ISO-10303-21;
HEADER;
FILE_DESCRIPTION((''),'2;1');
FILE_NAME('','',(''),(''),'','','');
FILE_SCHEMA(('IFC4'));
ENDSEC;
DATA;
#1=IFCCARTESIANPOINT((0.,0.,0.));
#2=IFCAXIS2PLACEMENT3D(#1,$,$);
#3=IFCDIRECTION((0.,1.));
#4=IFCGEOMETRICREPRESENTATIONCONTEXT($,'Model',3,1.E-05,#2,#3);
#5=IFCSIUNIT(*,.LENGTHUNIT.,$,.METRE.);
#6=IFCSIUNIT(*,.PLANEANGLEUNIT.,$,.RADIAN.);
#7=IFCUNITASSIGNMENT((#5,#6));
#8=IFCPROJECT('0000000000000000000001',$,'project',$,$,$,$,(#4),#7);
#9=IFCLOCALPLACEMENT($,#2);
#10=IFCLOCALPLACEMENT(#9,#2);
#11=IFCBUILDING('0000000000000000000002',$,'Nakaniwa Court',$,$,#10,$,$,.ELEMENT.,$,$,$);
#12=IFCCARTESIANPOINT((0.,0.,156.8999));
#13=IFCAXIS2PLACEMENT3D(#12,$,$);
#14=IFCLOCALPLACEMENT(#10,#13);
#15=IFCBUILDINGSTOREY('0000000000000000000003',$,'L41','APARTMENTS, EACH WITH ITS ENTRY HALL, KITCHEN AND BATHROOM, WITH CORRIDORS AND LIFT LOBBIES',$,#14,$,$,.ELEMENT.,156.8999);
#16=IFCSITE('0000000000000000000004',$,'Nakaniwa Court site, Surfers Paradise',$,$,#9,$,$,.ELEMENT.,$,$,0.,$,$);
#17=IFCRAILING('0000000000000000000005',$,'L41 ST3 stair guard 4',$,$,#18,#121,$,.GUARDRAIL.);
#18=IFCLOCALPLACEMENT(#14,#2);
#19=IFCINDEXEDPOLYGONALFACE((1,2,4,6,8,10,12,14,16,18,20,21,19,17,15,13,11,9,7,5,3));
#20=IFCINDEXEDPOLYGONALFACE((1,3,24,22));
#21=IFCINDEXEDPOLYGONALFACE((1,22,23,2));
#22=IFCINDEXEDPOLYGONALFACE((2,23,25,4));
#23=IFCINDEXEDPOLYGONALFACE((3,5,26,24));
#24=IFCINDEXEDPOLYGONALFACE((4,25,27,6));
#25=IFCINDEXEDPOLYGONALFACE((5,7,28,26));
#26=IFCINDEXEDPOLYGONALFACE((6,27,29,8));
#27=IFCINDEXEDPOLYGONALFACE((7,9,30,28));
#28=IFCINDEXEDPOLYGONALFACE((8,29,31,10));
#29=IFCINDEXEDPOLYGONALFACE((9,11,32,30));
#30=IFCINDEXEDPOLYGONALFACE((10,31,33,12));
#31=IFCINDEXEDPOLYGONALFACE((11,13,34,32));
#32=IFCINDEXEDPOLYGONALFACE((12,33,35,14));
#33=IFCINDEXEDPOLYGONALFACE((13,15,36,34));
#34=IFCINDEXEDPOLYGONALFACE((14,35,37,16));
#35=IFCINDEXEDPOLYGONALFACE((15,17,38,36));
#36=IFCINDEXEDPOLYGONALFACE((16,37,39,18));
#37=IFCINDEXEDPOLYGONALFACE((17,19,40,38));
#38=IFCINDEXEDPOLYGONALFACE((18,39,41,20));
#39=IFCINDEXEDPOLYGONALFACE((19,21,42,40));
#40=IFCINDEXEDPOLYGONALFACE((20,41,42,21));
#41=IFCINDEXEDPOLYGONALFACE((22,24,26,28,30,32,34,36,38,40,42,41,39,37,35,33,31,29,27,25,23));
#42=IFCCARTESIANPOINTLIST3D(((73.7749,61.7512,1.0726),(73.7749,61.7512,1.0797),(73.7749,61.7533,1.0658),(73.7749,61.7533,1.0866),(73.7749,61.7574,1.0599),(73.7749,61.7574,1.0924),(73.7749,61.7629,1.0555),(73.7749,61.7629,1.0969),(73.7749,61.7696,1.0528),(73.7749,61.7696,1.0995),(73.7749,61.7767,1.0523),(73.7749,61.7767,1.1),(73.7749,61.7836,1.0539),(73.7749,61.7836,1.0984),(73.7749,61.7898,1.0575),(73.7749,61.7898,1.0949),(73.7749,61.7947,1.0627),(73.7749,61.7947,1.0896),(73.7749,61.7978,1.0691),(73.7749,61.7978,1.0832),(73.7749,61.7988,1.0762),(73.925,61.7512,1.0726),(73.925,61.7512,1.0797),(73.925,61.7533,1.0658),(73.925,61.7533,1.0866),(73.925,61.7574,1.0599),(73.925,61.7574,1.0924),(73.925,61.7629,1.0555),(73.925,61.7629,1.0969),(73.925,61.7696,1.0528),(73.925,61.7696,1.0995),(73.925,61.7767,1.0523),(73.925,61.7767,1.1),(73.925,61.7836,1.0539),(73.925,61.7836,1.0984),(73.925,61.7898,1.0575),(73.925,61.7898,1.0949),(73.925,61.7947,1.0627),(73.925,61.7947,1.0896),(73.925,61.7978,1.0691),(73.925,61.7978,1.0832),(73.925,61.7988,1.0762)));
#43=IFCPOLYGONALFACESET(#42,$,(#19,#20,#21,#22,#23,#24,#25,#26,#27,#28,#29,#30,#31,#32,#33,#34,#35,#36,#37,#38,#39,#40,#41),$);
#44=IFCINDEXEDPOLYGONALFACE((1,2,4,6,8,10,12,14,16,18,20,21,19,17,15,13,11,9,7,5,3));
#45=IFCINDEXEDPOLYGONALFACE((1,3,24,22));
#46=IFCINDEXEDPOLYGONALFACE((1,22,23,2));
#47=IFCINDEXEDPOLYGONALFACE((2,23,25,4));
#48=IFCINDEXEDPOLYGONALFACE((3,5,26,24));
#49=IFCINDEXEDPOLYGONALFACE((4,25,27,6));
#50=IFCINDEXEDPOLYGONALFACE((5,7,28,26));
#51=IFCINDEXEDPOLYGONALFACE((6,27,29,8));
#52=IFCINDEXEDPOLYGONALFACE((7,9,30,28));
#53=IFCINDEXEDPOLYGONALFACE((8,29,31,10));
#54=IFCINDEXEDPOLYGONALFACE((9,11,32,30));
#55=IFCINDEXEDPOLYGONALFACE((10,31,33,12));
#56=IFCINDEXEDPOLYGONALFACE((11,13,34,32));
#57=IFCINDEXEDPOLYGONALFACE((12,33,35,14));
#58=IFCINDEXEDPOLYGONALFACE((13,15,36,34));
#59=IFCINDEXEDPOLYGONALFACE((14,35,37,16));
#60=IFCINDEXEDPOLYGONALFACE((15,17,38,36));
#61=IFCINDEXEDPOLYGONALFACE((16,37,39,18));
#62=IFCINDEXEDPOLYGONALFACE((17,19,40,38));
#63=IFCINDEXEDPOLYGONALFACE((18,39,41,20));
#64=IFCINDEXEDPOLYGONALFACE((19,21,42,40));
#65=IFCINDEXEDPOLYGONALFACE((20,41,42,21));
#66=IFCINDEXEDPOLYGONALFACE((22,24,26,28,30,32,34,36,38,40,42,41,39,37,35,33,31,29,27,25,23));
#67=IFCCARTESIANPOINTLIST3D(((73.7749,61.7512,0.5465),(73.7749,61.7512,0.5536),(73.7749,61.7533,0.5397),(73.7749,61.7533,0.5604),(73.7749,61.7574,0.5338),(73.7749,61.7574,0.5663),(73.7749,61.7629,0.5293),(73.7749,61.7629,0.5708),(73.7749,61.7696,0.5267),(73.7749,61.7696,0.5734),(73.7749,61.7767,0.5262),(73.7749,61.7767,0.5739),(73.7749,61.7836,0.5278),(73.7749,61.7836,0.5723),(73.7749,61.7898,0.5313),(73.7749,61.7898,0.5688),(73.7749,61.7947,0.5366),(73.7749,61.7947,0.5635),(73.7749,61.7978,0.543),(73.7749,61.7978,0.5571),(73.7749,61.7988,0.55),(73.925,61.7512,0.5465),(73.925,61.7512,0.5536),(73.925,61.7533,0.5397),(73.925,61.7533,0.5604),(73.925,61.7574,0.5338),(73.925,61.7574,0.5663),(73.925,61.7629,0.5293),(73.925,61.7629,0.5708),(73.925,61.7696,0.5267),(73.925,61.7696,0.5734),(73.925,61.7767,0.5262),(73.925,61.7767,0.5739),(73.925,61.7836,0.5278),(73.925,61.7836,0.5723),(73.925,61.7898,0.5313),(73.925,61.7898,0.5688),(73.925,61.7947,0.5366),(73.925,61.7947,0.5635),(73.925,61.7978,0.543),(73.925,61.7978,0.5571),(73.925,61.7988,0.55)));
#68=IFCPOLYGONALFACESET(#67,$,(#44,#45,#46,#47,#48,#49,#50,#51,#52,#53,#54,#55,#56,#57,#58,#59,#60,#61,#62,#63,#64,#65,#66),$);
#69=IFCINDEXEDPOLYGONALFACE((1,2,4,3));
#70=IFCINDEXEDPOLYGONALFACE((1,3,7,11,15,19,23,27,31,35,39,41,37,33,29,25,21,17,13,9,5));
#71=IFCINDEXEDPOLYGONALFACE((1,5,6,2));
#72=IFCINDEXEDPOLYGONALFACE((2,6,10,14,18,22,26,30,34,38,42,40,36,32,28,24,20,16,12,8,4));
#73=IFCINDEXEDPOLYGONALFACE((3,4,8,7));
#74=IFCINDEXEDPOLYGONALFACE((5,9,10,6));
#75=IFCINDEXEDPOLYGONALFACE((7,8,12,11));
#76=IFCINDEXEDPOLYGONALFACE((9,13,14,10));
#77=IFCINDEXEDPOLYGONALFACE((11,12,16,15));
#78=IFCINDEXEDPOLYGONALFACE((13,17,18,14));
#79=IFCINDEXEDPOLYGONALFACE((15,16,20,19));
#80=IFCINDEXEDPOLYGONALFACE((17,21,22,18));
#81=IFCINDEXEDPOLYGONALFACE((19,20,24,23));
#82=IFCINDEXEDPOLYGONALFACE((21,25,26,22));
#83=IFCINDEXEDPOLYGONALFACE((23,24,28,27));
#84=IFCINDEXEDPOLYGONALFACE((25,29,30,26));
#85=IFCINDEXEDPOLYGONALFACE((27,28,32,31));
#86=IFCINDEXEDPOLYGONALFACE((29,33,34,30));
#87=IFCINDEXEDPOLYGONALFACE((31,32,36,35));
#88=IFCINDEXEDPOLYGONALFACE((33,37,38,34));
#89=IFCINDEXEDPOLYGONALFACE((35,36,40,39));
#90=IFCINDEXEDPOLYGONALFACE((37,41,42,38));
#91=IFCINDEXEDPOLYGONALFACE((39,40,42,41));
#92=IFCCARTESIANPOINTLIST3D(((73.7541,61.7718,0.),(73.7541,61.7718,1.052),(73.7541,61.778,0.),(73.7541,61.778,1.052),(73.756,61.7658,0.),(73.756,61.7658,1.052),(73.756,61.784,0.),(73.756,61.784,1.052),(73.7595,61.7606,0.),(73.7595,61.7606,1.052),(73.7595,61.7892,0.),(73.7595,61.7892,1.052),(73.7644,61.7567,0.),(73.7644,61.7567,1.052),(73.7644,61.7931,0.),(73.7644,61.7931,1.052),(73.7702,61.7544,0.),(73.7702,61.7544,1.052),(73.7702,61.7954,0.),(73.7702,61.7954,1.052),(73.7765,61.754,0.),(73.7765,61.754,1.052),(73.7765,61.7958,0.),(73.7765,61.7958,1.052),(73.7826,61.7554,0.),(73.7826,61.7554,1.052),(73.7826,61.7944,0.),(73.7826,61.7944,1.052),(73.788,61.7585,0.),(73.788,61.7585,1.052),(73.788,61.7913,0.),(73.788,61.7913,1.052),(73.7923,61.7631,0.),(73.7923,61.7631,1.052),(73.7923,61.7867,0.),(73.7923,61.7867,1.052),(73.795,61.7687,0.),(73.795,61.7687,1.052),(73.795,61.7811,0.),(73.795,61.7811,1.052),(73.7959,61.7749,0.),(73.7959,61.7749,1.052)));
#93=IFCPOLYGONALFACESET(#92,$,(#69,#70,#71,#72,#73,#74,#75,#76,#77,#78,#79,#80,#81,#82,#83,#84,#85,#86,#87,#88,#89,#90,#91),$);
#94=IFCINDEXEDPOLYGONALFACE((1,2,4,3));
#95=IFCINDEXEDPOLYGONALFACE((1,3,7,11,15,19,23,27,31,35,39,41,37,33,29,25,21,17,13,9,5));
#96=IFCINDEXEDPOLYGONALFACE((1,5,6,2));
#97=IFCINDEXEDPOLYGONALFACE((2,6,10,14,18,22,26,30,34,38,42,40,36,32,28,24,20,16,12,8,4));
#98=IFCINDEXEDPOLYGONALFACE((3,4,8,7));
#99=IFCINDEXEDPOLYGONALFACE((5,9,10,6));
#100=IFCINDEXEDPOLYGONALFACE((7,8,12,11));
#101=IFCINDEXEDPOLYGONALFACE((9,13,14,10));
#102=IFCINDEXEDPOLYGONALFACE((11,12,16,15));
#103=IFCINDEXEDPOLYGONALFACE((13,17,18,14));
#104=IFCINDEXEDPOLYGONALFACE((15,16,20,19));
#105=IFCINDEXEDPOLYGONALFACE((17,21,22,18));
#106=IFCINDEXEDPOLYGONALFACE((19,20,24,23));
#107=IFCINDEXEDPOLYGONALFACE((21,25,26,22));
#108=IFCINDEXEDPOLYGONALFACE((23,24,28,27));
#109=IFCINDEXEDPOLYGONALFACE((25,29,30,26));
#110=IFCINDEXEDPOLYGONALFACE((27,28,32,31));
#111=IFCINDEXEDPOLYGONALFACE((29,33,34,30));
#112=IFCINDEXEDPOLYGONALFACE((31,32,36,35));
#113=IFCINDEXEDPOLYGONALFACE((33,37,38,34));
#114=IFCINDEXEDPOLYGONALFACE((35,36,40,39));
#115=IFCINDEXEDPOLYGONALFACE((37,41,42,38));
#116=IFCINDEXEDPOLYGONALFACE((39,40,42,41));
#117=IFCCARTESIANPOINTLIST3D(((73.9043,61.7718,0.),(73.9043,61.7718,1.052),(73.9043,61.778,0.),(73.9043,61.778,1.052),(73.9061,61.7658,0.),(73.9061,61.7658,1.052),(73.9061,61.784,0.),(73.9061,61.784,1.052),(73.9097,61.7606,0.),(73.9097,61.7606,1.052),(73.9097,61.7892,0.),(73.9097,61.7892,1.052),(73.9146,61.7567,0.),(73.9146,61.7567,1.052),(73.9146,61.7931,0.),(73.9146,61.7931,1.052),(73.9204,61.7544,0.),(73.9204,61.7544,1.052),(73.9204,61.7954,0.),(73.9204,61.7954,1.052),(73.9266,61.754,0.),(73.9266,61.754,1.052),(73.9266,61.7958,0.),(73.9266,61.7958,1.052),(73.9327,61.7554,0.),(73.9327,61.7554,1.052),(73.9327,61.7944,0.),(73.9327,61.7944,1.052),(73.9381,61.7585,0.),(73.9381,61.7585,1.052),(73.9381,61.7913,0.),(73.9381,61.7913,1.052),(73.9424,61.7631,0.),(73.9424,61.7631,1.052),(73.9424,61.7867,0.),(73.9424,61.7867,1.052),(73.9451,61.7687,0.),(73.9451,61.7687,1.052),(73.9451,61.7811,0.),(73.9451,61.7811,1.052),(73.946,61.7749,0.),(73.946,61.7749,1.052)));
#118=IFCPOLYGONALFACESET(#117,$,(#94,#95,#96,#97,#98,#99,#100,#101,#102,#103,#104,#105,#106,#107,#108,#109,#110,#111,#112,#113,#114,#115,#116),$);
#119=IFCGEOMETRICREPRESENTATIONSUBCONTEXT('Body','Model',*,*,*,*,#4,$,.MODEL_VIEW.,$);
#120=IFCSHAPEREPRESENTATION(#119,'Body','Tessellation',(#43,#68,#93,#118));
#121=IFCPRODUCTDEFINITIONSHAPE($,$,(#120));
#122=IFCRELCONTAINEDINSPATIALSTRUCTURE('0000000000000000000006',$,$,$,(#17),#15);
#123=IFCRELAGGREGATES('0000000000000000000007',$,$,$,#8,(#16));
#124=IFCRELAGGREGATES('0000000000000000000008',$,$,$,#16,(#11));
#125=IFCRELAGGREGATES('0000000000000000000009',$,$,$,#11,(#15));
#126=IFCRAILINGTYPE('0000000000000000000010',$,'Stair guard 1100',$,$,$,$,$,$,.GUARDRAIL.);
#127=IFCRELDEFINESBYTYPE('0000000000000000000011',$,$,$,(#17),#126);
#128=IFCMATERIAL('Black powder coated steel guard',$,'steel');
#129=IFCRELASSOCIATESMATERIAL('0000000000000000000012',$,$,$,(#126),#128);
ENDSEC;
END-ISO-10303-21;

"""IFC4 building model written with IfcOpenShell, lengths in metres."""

from ifc_helpers import new_model, si_unit, direction, frame, origin, origin_2d, place, context, subcontext, project, spatial, circle, extrude, material, type_object, element, save


model = new_model("IFC4")

# Units and contexts
model_context = context("Model", 3, precision=1e-05, world=origin(), true_north=direction((0.0, 1.0)))
body_context = subcontext(model_context, "Body", "Model", "MODEL_VIEW")
ifc_project = project(units=[si_unit("LENGTHUNIT", "METRE"), si_unit("PLANEANGLEUNIT", "RADIAN")], contexts=[model_context])

# Site, building, storey
site_placement = place(None, origin())
site = spatial("IfcSite", under=ifc_project, at=site_placement, Name="Nakaniwa Court site, Surfers Paradise", CompositionType="ELEMENT", RefElevation=0.0)
building_placement = place(site_placement, origin())
building = spatial("IfcBuilding", under=site, at=building_placement, Name="Nakaniwa Court", CompositionType="ELEMENT")
storey_placement = place(building_placement, frame((0.0, 0.0, 156.8999)))
storey = spatial("IfcBuildingStorey", under=building, at=storey_placement, Name="L41", Description="APARTMENTS, EACH WITH ITS ENTRY HALL, KITCHEN AND BATHROOM, WITH CORRIDORS AND LIFT LOBBIES", CompositionType="ELEMENT", Elevation=156.8999)

# Railing
ifc_material_1 = material(Name="Black powder coated steel guard", Category="steel")
railing_type_1 = type_object("IfcRailingType", Name="Stair guard 1100", PredefinedType="GUARDRAIL", material=ifc_material_1)
railing_1_placement = place(storey_placement, frame((73.7749, 61.7749, 0.0)))
element("IfcRailing", 1, at=railing_1_placement, inside=storey, type_object=railing_type_1, Name="L41 ST3 stair guard 4", PredefinedType="GUARDRAIL", context=body_context, shape_type="SweptSolid", body=[
    extrude(circle(Radius=0.0239, at=origin_2d()), frame((0.0, 0.0, 1.0762), z_axis=(1.0, 0.0, 0.0), x_axis=(0.0, 1.0, 0.0)), (0.0, 0.0, 1.0), 0.1501),
    extrude(circle(Radius=0.0239, at=origin_2d()), frame((0.0, 0.0, 0.55), z_axis=(1.0, 0.0, 0.0), x_axis=(0.0, 1.0, 0.0)), (0.0, 0.0, 1.0), 0.1501),
    extrude(circle(Radius=0.021, at=origin_2d()), origin(), (0.0, 0.0, 1.0), 1.052),
    extrude(circle(Radius=0.021, at=origin_2d()), frame((0.1501, 0.0, 0.0)), (0.0, 0.0, 1.0), 1.052),
])

save(model, "model.ifc")
